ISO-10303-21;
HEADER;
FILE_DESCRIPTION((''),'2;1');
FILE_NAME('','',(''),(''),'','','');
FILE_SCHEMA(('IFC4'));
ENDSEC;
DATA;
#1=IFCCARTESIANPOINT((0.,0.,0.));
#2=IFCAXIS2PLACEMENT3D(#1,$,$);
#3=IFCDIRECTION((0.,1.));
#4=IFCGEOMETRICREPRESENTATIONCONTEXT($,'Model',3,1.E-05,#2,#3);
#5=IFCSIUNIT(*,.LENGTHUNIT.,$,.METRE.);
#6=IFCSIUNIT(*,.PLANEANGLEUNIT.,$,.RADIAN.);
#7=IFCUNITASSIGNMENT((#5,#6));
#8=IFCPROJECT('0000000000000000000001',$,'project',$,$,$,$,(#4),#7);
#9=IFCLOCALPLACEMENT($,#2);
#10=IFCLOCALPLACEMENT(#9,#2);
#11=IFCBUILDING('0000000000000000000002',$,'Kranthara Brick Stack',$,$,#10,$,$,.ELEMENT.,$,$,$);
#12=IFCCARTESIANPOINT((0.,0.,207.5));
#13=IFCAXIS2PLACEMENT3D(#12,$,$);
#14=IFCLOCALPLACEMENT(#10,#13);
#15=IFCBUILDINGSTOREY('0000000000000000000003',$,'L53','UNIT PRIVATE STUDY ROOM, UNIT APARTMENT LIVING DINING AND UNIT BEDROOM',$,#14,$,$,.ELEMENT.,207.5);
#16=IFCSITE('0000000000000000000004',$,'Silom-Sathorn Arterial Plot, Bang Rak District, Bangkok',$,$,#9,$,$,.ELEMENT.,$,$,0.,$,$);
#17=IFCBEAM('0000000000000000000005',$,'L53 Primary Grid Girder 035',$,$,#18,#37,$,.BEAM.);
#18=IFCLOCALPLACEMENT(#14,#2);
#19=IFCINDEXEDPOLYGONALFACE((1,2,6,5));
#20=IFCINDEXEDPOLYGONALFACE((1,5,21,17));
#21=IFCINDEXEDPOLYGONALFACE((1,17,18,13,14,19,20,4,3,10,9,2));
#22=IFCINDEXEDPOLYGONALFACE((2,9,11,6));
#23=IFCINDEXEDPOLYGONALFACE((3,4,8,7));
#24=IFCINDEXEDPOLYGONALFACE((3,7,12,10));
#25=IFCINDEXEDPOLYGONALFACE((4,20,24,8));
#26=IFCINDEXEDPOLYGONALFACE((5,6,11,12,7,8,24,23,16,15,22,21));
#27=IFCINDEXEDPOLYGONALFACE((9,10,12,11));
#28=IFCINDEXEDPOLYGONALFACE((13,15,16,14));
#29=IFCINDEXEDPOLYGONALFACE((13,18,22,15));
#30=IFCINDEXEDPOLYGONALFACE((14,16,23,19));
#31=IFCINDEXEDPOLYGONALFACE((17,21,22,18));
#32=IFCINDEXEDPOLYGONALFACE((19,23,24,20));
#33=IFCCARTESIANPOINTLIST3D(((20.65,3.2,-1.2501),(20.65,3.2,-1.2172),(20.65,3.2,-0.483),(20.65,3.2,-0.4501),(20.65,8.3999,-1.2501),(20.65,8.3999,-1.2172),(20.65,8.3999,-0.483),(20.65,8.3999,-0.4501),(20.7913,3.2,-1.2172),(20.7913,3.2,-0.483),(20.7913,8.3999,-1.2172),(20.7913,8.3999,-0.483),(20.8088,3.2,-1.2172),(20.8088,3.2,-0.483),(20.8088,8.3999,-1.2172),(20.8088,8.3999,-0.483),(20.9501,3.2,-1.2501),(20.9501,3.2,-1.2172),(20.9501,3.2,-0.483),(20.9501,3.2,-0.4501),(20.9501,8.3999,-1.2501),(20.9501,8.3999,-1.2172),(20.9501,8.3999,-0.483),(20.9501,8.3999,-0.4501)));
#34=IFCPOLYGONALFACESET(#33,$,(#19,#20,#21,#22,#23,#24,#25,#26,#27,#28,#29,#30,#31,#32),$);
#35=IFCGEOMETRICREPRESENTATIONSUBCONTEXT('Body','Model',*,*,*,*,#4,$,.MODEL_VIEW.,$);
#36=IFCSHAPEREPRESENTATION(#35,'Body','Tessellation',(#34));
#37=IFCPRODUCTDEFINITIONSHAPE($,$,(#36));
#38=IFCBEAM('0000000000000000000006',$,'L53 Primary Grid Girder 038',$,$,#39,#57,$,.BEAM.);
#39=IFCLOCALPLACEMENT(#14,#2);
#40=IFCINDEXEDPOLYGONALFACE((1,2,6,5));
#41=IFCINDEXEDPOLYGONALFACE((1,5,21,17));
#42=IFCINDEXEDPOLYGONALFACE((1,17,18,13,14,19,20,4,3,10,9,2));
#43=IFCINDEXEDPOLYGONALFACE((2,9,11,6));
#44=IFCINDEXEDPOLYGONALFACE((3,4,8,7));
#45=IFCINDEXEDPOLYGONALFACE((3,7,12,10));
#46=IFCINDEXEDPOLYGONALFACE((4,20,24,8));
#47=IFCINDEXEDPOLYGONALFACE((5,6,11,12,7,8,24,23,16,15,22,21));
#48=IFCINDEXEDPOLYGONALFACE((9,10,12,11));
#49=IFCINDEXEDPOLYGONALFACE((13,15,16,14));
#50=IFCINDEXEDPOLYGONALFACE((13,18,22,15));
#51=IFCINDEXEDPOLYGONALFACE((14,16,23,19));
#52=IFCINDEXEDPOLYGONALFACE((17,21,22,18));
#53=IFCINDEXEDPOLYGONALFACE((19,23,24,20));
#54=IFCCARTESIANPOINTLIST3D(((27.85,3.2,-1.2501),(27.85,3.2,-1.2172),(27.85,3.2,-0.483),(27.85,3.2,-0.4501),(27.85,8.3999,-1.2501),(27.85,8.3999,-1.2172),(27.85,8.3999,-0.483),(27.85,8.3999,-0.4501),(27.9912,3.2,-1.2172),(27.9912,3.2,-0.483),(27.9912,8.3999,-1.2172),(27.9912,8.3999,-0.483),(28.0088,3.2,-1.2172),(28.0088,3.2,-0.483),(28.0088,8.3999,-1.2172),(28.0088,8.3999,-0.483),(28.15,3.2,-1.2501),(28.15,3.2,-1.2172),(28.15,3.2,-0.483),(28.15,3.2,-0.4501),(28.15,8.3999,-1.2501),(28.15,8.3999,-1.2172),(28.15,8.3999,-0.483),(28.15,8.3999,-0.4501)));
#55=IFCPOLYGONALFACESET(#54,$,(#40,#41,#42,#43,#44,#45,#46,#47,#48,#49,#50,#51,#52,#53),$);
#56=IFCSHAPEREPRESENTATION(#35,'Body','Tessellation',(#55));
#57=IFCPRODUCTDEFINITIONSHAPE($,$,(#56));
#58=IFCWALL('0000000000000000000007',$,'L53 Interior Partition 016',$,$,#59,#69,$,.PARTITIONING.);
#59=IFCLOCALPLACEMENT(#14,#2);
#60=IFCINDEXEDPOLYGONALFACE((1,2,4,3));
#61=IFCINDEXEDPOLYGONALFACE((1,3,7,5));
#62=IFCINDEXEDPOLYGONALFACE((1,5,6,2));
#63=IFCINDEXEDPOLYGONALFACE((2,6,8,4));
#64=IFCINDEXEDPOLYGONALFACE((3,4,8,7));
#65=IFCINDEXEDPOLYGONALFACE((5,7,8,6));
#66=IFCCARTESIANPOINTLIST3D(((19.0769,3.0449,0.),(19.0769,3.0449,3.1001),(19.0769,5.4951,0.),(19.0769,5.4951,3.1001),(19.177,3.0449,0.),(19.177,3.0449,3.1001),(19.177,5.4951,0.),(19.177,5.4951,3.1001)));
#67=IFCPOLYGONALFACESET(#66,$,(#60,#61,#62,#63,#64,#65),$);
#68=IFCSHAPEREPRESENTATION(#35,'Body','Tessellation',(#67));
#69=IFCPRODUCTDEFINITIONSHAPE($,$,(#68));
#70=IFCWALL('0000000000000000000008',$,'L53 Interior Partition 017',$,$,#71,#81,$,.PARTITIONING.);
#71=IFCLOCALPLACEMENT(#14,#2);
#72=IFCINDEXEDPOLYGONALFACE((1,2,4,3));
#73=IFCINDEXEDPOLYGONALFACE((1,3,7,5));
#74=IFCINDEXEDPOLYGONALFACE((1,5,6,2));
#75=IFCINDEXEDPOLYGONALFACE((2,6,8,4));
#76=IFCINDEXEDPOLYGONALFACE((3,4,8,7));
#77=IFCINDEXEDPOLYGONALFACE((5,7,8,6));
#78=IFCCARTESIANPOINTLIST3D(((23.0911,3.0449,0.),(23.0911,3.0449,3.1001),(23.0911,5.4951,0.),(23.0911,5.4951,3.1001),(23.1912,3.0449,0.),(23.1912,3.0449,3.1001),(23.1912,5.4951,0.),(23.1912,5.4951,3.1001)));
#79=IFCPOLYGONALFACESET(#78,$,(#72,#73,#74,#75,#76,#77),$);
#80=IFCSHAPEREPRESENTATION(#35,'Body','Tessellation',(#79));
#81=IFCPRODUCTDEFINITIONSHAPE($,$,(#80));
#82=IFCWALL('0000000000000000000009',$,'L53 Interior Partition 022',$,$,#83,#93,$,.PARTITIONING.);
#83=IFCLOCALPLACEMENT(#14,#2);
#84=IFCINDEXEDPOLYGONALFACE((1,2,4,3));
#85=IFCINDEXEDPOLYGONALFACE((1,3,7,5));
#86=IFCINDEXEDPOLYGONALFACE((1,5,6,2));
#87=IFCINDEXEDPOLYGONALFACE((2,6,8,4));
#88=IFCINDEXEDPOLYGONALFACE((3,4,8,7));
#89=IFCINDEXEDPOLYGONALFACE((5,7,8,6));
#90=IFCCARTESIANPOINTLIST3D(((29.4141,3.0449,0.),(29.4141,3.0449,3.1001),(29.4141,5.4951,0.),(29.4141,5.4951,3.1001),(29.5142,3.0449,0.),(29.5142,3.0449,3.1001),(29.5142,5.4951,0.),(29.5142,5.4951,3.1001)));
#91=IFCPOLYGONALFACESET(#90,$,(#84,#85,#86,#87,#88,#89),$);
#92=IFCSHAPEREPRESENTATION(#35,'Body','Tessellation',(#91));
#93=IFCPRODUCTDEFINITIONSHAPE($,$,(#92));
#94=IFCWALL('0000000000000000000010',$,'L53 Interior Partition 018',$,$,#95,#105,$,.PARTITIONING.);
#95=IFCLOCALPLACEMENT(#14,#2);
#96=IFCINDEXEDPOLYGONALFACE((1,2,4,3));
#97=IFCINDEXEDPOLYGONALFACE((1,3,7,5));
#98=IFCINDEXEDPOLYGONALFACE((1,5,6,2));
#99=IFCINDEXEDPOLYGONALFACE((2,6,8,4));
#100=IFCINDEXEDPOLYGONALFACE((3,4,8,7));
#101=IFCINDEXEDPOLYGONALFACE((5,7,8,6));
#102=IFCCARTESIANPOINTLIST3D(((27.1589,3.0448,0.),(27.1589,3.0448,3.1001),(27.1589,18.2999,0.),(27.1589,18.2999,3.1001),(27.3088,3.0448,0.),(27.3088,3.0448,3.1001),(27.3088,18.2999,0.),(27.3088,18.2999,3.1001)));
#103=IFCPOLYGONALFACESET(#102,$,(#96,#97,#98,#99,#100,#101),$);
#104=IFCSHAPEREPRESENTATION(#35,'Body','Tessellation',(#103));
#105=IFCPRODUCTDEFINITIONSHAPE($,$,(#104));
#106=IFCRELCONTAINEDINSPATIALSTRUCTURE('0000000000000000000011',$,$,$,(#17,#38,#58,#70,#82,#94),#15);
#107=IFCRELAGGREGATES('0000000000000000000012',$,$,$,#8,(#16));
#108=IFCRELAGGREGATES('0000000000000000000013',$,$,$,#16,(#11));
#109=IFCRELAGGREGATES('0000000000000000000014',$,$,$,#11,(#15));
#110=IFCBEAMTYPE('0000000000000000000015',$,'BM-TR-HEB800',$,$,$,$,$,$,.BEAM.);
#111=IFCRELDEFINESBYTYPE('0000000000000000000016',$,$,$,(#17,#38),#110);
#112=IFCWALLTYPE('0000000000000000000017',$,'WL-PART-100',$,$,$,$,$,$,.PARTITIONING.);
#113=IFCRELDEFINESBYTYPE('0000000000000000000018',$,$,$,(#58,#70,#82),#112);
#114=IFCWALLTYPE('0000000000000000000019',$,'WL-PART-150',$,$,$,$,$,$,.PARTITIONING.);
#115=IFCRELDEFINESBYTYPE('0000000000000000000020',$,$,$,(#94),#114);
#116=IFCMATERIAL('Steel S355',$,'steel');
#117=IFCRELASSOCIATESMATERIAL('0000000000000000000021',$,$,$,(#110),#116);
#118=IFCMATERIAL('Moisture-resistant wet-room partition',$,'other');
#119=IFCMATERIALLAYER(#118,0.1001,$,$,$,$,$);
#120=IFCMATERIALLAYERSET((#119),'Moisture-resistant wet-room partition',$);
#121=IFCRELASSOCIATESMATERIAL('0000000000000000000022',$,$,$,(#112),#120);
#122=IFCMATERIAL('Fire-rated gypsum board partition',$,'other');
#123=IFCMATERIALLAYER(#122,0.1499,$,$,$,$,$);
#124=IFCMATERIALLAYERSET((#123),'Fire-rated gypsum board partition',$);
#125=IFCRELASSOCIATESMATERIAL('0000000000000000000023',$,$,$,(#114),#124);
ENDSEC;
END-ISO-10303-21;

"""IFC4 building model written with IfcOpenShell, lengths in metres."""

from ifc_helpers import new_model, si_unit, direction, frame, frame_2d, origin, origin_2d, place, context, subcontext, project, spatial, rectangle, i_section, extrude, material, layer, layer_set, material_profile, profile_set, type_object, element, save


model = new_model("IFC4")

# Units and contexts
model_context = context("Model", 3, precision=1e-05, world=origin(), true_north=direction((0.0, 1.0)))
body_context = subcontext(model_context, "Body", "Model", "MODEL_VIEW")
ifc_project = project(units=[si_unit("LENGTHUNIT", "METRE"), si_unit("PLANEANGLEUNIT", "RADIAN")], contexts=[model_context])

# Site, building, storey
site_placement = place(None, origin())
site = spatial("IfcSite", under=ifc_project, at=site_placement, Name="Silom-Sathorn Arterial Plot, Bang Rak District, Bangkok", CompositionType="ELEMENT", RefElevation=0.0)
building_placement = place(site_placement, origin())
building = spatial("IfcBuilding", under=site, at=building_placement, Name="Kranthara Brick Stack", CompositionType="ELEMENT")
storey_placement = place(building_placement, frame((0.0, 0.0, 207.5)))
storey = spatial("IfcBuildingStorey", under=building, at=storey_placement, Name="L53", Description="UNIT PRIVATE STUDY ROOM, UNIT APARTMENT LIVING DINING AND UNIT BEDROOM", CompositionType="ELEMENT", Elevation=207.5)

# Beams
ifc_material_1 = material(Name="Steel S355", Category="steel")
ifc_material_profile_1 = material_profile(ifc_material_1, i_section(OverallWidth=0.3, OverallDepth=0.8, WebThickness=0.0176, FlangeThickness=0.033, at=origin_2d()), Name="HEB 800")
ifc_profile_set_1 = profile_set([ifc_material_profile_1], Name="Steel S355")
beam_type_1 = type_object("IfcBeamType", Name="BM-TR-HEB800", PredefinedType="BEAM", material=ifc_profile_set_1)
for number, where, z_axis, x_axis, name in (
    (1, (20.8, 3.2, -0.8501), (0.0, 1.0, 0.0), (-1.0, 0.0, 0.0), "L53 Primary Grid Girder 035"),
    (2, (28.0, 3.2, -0.8501), (0.0, 1.0, 0.0), (-1.0, 0.0, 0.0), "L53 Primary Grid Girder 038"),
):
    element("IfcBeam", number, at=place(storey_placement, frame(where, z_axis=z_axis, x_axis=x_axis)), inside=storey, type_object=beam_type_1, Name=name, PredefinedType="BEAM", context=body_context, shape_type="SweptSolid", body=[
        extrude(i_section(OverallWidth=0.3, OverallDepth=0.8, WebThickness=0.0176, FlangeThickness=0.033, at=origin_2d()), origin(), (0.0, 0.0, 1.0), 5.2),
    ])

# Walls
ifc_material_2 = material(Name="Moisture-resistant wet-room partition", Category="other")
ifc_layer_1 = layer(ifc_material_2, 0.1001)
ifc_layer_set_1 = layer_set([ifc_layer_1], Name="Moisture-resistant wet-room partition")
wall_type_1 = type_object("IfcWallType", Name="WL-PART-100", PredefinedType="PARTITIONING", material=ifc_layer_set_1)
for number, where, z_axis, x_axis, name in (
    (3, (19.127, 3.0449, 0.0), (0.0, 0.0, 1.0), (0.0, 1.0, 0.0), "L53 Interior Partition 016"),
    (4, (23.1411, 3.0449, 0.0), (0.0, 0.0, 1.0), (0.0, 1.0, 0.0), "L53 Interior Partition 017"),
    (5, (29.4641, 3.0449, 0.0), (0.0, 0.0, 1.0), (0.0, 1.0, 0.0), "L53 Interior Partition 022"),
):
    element("IfcWall", number, at=place(storey_placement, frame(where, z_axis=z_axis, x_axis=x_axis)), inside=storey, type_object=wall_type_1, Name=name, PredefinedType="PARTITIONING", context=body_context, shape_type="SweptSolid", body=[
        extrude(rectangle(XDim=2.4502, YDim=0.1001, at=frame_2d((1.2251, 0.0))), origin(), (0.0, 0.0, 1.0), 3.1001),
    ])
ifc_material_3 = material(Name="Fire-rated gypsum board partition", Category="other")
ifc_layer_2 = layer(ifc_material_3, 0.1499)
ifc_layer_set_2 = layer_set([ifc_layer_2], Name="Fire-rated gypsum board partition")
wall_type_2 = type_object("IfcWallType", Name="WL-PART-150", PredefinedType="PARTITIONING", material=ifc_layer_set_2)
wall_placement = place(storey_placement, frame((27.2339, 3.0449, 0.0), z_axis=(0.0, 0.0, 1.0), x_axis=(0.0, 1.0, 0.0)))
element("IfcWall", 6, at=wall_placement, inside=storey, type_object=wall_type_2, Name="L53 Interior Partition 018", PredefinedType="PARTITIONING", context=body_context, shape_type="SweptSolid", body=[
    extrude(rectangle(XDim=15.2551, YDim=0.1499, at=frame_2d((7.6274, 0.0))), origin(), (0.0, 0.0, 1.0), 3.1001),
])

save(model, "model.ifc")
